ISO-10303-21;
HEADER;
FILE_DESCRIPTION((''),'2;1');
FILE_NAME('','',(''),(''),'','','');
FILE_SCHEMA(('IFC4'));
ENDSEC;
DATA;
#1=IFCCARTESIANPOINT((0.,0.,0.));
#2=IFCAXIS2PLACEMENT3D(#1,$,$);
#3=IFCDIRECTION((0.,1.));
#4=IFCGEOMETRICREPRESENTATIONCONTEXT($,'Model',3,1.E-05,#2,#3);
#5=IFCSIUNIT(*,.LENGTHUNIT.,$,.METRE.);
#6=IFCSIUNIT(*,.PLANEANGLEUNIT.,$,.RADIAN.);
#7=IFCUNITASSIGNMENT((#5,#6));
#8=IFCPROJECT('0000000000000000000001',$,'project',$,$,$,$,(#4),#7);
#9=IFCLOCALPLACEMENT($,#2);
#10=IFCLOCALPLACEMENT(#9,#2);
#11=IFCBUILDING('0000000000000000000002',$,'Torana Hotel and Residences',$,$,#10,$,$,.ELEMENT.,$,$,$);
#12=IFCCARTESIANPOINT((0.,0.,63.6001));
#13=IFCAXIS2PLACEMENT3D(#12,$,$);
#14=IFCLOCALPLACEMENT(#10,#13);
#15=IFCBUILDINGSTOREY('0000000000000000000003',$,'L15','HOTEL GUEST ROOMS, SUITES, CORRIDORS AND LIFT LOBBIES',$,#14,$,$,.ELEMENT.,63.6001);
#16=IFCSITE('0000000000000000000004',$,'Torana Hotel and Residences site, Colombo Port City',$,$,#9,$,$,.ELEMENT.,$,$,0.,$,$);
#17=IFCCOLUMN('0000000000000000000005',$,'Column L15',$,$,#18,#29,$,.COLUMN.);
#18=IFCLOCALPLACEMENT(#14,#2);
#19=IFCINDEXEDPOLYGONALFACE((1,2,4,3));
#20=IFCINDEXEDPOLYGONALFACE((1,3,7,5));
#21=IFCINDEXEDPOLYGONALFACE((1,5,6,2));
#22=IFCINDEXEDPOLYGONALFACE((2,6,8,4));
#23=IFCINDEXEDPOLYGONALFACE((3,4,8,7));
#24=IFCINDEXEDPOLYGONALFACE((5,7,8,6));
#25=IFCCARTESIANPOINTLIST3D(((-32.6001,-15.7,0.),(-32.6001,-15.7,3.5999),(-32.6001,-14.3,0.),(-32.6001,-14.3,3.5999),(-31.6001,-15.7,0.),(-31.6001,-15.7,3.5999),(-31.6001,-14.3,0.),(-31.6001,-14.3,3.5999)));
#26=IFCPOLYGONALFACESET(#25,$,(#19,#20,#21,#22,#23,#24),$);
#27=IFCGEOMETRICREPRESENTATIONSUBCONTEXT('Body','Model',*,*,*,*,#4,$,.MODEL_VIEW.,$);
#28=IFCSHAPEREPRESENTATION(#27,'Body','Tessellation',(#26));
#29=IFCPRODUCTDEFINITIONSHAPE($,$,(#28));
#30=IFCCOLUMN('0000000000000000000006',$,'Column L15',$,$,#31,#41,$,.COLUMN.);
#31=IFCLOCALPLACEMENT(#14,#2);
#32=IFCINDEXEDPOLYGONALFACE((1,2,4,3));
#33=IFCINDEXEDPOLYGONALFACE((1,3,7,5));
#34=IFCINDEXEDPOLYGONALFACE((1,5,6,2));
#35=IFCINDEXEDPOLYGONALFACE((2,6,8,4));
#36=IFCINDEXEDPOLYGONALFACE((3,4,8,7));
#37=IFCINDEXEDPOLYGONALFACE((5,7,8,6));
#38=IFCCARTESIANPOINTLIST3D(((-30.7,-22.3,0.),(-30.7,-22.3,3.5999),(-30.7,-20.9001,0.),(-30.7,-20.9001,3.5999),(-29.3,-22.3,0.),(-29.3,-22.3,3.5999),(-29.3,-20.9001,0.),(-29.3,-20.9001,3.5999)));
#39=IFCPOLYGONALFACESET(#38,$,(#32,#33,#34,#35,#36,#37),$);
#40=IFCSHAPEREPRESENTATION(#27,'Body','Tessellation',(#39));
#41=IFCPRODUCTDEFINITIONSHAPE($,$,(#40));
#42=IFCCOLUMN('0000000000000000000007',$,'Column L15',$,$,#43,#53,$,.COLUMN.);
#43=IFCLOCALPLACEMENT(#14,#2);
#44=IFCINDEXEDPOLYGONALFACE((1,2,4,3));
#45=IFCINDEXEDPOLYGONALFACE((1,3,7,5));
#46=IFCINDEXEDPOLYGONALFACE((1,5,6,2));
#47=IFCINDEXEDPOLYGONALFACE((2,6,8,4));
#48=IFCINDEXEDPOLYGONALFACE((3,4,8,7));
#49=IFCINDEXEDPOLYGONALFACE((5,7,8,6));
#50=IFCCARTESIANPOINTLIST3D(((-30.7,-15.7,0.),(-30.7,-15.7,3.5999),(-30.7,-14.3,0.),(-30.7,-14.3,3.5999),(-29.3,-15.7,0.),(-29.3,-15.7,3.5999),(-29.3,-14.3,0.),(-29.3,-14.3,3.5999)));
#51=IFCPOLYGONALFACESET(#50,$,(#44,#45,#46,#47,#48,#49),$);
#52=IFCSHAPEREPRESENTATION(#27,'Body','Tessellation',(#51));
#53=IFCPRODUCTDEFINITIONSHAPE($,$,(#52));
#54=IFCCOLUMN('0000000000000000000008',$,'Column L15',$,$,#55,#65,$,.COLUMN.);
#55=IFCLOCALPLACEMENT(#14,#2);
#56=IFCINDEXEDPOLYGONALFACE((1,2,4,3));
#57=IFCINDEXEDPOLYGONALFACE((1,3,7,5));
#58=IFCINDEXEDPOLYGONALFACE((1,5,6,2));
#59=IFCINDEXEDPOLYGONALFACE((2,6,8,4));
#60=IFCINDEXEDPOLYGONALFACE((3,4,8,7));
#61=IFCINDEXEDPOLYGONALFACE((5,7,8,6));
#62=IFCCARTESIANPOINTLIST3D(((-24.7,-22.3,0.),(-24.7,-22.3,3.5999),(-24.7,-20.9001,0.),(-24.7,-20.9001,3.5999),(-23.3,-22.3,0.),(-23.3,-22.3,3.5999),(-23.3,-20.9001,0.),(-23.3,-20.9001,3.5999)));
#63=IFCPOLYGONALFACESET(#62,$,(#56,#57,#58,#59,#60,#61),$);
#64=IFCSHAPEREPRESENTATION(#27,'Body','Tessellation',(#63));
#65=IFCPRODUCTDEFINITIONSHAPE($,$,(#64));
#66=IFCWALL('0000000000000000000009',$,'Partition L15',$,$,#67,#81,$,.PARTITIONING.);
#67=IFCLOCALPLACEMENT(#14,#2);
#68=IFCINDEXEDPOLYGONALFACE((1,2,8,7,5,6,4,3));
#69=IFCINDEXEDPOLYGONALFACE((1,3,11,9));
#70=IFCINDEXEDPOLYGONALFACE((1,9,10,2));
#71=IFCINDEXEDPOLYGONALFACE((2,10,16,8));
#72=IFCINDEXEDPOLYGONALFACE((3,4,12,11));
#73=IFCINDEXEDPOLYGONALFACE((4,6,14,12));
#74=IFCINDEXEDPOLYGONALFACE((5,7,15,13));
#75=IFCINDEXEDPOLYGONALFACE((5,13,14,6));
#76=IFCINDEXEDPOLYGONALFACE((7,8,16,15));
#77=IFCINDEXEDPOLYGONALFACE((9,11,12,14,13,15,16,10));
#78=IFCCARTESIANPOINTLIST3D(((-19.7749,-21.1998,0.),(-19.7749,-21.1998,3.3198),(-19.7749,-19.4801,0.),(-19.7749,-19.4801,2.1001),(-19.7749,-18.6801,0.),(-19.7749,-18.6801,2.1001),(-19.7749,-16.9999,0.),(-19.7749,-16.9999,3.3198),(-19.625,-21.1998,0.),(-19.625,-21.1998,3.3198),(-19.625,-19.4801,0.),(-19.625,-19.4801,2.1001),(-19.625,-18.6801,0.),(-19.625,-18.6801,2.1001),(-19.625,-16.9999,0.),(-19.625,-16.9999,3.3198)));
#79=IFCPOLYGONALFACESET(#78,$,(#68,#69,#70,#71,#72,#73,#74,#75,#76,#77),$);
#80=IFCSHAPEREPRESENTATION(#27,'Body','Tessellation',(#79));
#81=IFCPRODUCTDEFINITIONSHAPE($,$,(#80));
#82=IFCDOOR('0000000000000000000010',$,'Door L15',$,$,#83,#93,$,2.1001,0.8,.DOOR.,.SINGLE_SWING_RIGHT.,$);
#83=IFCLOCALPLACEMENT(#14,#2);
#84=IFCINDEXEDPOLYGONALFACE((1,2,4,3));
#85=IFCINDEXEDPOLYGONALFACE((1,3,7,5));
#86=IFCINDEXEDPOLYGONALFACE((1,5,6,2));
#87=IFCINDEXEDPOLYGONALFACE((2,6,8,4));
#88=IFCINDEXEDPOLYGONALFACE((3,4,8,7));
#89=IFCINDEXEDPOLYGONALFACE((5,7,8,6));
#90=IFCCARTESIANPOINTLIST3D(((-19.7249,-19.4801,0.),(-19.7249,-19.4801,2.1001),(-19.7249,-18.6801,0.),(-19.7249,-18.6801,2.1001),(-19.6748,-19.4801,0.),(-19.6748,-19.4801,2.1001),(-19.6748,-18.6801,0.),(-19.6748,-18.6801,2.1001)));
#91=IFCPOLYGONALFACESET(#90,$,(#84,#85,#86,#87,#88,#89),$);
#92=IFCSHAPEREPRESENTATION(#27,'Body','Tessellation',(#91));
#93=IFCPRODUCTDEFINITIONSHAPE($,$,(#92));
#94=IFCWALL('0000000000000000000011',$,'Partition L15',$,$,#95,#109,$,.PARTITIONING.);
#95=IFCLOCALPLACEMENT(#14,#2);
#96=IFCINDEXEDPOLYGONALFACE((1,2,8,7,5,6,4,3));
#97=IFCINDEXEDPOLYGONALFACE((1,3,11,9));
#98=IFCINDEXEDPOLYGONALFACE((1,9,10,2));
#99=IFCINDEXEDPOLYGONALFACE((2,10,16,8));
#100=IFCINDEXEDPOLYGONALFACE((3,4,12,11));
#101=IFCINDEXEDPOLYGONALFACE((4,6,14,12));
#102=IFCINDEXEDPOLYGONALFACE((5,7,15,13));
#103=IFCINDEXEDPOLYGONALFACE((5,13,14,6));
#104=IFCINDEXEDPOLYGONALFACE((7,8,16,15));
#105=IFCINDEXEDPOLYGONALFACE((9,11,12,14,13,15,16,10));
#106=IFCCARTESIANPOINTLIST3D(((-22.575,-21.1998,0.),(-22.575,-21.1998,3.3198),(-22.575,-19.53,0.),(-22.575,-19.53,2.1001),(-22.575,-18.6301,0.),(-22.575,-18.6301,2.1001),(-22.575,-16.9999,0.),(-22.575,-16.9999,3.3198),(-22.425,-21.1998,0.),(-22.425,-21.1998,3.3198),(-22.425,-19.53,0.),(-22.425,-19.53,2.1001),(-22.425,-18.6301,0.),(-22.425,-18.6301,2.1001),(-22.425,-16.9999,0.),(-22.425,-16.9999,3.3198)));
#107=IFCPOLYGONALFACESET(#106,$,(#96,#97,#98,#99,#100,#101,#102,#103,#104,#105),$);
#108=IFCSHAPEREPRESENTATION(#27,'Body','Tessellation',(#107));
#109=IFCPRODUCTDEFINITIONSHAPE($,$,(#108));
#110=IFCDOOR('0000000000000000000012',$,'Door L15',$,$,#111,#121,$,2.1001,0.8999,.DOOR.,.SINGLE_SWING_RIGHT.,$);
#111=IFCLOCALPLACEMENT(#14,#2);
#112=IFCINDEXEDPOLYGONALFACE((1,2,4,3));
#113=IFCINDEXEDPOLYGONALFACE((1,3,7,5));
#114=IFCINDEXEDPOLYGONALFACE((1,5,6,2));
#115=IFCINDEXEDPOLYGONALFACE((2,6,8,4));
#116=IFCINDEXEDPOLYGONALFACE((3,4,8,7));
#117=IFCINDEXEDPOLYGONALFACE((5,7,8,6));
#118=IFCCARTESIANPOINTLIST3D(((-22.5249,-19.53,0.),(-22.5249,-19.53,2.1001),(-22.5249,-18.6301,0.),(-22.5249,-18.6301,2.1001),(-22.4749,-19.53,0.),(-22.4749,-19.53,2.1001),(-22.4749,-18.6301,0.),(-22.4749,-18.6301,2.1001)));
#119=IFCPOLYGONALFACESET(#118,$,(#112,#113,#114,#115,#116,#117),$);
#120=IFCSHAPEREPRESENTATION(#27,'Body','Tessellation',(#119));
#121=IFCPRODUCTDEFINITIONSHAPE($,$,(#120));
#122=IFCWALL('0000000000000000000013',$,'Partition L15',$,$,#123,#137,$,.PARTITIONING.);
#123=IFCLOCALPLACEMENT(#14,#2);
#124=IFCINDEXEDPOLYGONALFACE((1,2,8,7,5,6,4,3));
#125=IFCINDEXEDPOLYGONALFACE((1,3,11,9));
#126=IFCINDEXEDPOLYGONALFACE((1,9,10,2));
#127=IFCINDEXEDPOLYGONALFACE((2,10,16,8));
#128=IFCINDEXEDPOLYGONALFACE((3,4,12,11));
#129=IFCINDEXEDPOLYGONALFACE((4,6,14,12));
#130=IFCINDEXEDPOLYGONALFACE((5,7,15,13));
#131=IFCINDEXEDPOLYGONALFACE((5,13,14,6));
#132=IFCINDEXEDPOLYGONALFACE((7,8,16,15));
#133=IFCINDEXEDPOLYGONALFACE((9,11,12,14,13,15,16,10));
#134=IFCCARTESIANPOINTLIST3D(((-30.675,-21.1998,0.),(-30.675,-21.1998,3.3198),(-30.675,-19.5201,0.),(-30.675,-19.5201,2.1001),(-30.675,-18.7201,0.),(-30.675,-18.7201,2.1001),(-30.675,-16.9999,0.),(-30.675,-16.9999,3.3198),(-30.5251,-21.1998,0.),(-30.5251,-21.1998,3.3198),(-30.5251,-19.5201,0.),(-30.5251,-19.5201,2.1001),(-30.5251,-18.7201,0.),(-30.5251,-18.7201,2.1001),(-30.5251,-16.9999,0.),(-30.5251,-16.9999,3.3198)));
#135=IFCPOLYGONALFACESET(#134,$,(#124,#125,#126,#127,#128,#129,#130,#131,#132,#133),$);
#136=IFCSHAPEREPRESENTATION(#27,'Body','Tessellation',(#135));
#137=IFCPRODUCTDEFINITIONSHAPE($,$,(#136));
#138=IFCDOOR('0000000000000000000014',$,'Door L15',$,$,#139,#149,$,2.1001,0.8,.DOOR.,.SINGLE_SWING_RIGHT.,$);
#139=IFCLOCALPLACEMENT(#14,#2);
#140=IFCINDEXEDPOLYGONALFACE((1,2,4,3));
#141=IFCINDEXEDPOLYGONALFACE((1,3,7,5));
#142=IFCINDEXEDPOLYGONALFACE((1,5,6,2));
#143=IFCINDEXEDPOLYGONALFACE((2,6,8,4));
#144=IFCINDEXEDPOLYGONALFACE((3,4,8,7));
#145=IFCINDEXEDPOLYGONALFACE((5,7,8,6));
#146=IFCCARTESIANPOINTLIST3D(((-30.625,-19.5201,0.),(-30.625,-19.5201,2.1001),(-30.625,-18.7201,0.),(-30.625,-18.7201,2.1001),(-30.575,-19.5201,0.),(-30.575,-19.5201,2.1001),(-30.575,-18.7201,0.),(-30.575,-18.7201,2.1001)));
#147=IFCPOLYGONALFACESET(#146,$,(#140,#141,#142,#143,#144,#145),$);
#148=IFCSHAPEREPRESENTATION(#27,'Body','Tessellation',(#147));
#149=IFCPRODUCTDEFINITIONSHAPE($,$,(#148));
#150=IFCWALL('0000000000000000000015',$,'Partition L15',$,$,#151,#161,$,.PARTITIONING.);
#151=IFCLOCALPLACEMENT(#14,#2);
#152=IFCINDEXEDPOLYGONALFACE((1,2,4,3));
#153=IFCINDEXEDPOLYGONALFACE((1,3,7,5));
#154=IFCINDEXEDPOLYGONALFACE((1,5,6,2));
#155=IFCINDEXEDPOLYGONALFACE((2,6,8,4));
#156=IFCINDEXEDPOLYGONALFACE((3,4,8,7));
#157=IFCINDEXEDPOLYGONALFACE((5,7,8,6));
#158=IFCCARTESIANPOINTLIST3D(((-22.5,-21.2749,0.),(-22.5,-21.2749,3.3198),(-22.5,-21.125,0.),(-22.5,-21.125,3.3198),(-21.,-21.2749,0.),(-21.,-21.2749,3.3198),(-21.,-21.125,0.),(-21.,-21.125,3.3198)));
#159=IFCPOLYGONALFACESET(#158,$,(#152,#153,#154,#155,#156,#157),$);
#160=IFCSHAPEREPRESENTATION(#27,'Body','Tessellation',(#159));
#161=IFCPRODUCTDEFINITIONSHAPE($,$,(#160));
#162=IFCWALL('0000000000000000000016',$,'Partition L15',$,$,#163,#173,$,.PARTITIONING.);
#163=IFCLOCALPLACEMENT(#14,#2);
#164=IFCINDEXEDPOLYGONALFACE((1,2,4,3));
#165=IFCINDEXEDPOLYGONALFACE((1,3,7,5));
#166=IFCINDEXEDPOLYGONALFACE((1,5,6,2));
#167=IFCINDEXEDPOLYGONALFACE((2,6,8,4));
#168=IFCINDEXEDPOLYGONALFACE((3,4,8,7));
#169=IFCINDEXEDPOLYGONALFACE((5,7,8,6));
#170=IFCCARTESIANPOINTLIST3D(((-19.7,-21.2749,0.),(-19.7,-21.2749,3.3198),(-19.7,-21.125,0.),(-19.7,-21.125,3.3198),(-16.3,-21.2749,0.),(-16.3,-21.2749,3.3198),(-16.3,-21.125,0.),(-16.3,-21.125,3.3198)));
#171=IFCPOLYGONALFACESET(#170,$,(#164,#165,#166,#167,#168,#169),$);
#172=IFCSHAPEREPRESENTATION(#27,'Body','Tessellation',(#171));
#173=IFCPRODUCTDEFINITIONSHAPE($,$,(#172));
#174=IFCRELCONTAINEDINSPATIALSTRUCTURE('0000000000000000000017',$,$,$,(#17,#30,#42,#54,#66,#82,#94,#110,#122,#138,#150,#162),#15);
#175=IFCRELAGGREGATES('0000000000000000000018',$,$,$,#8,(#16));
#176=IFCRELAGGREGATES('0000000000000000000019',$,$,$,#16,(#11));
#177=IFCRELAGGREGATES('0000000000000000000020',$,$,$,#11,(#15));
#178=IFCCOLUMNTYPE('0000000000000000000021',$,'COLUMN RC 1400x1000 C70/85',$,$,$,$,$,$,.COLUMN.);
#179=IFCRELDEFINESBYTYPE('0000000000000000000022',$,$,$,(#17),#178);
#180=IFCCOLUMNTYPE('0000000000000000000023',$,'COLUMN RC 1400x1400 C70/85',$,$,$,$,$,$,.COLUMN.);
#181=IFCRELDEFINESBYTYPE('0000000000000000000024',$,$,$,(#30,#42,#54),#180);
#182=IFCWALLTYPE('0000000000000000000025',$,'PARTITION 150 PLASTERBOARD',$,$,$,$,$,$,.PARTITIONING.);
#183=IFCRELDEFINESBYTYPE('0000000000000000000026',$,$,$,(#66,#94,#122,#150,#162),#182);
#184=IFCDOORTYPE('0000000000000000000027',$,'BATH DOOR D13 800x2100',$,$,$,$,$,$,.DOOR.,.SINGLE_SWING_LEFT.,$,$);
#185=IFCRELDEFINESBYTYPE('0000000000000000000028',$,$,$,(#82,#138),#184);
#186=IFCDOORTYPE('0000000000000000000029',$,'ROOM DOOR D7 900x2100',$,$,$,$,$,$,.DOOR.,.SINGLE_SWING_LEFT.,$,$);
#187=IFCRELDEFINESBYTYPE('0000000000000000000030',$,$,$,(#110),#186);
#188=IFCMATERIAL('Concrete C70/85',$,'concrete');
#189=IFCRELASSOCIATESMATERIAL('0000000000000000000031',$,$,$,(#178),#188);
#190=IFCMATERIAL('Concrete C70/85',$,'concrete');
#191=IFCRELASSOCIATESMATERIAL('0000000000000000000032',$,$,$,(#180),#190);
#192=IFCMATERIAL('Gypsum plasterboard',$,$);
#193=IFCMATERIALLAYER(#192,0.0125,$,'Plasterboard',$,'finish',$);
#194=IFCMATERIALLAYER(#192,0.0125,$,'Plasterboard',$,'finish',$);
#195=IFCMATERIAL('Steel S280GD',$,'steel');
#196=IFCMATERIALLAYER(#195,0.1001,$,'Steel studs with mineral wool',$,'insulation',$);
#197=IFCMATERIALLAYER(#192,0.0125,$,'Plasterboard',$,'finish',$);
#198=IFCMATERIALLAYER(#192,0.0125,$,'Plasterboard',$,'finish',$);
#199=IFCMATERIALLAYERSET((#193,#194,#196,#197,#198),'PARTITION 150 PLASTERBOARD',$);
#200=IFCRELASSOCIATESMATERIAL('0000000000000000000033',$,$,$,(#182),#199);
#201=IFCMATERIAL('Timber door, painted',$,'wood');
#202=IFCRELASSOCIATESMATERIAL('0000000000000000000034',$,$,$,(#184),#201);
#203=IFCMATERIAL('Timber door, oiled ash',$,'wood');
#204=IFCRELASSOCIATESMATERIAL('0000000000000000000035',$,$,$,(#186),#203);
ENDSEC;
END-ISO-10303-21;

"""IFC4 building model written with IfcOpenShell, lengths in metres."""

from ifc_helpers import new_model, si_unit, direction, frame, frame_2d, origin, origin_2d, place, context, subcontext, project, spatial, rectangle, extrude, material, layer, layer_set, material_profile, profile_set, type_object, element, fill, save


model = new_model("IFC4")

# Units and contexts
model_context = context("Model", 3, precision=1e-05, world=origin(), true_north=direction((0.0, 1.0)))
body_context = subcontext(model_context, "Body", "Model", "MODEL_VIEW")
ifc_project = project(units=[si_unit("LENGTHUNIT", "METRE"), si_unit("PLANEANGLEUNIT", "RADIAN")], contexts=[model_context])

# Site, building, storey
site_placement = place(None, origin())
site = spatial("IfcSite", under=ifc_project, at=site_placement, Name="Torana Hotel and Residences site, Colombo Port City", CompositionType="ELEMENT", RefElevation=0.0)
building_placement = place(site_placement, origin())
building = spatial("IfcBuilding", under=site, at=building_placement, Name="Torana Hotel and Residences", CompositionType="ELEMENT")
storey_placement = place(building_placement, frame((0.0, 0.0, 63.6001)))
storey = spatial("IfcBuildingStorey", under=building, at=storey_placement, Name="L15", Description="HOTEL GUEST ROOMS, SUITES, CORRIDORS AND LIFT LOBBIES", CompositionType="ELEMENT", Elevation=63.6001)

# Columns
ifc_material_1 = material(Name="Concrete C70/85", Category="concrete")
ifc_material_profile_1 = material_profile(ifc_material_1, rectangle(XDim=1.3999, YDim=1.0, at=origin_2d()), Name="RC 1400x1000")
ifc_profile_set_1 = profile_set([ifc_material_profile_1], Name="Concrete C70/85")
column_type_1 = type_object("IfcColumnType", Name="COLUMN RC 1400x1000 C70/85", PredefinedType="COLUMN", material=ifc_profile_set_1)
column_placement = place(storey_placement, frame((-32.1001, -15.0, 0.0), z_axis=(0.0, 0.0, 1.0), x_axis=(0.0, 1.0, 0.0)))
element("IfcColumn", 1, at=column_placement, inside=storey, type_object=column_type_1, Name="Column L15", PredefinedType="COLUMN", context=body_context, shape_type="SweptSolid", body=[
    extrude(rectangle(XDim=1.3999, YDim=1.0, at=origin_2d()), origin(), (0.0, 0.0, 1.0), 3.5999),
])
ifc_material_2 = material(Name="Concrete C70/85", Category="concrete")
ifc_material_profile_2 = material_profile(ifc_material_2, rectangle(XDim=1.3999, YDim=1.3999, at=origin_2d()), Name="RC 1400x1400")
ifc_profile_set_2 = profile_set([ifc_material_profile_2], Name="Concrete C70/85")
column_type_2 = type_object("IfcColumnType", Name="COLUMN RC 1400x1400 C70/85", PredefinedType="COLUMN", material=ifc_profile_set_2)
for number, where, z_axis, x_axis, name in (
    (2, (-30.0, -21.6001, 0.0), (0.0, 0.0, 1.0), (1.0, 0.0, 0.0), "Column L15"),
    (3, (-30.0, -15.0, 0.0), (0.0, 0.0, 1.0), (1.0, 0.0, 0.0), "Column L15"),
    (4, (-24.0, -21.6001, 0.0), (0.0, 0.0, 1.0), (1.0, 0.0, 0.0), "Column L15"),
):
    element("IfcColumn", number, at=place(storey_placement, frame(where, z_axis=z_axis, x_axis=x_axis)), inside=storey, type_object=column_type_2, Name=name, PredefinedType="COLUMN", context=body_context, shape_type="SweptSolid", body=[
        extrude(rectangle(XDim=1.3999, YDim=1.3999, at=origin_2d()), origin(), (0.0, 0.0, 1.0), 3.5999),
    ])

# Walls, openings, doors
ifc_material_3 = material(Name="Gypsum plasterboard")
ifc_layer_1 = layer(ifc_material_3, 0.0125, Name="Plasterboard", Category="finish")
ifc_layer_2 = layer(ifc_material_3, 0.0125, Name="Plasterboard", Category="finish")
ifc_material_4 = material(Name="Steel S280GD", Category="steel")
ifc_layer_3 = layer(ifc_material_4, 0.1001, Name="Steel studs with mineral wool", Category="insulation")
ifc_layer_4 = layer(ifc_material_3, 0.0125, Name="Plasterboard", Category="finish")
ifc_layer_5 = layer(ifc_material_3, 0.0125, Name="Plasterboard", Category="finish")
ifc_layer_set = layer_set([ifc_layer_1, ifc_layer_2, ifc_layer_3, ifc_layer_4, ifc_layer_5], Name="PARTITION 150 PLASTERBOARD")
wall_type = type_object("IfcWallType", Name="PARTITION 150 PLASTERBOARD", PredefinedType="PARTITIONING", material=ifc_layer_set)
wall_1_placement = place(storey_placement, frame((-19.7, -21.2, 0.0), z_axis=(0.0, 0.0, 1.0), x_axis=(0.0, 1.0, 0.0)))
wall_1 = element("IfcWall", 5, at=wall_1_placement, inside=storey, type_object=wall_type, Name="Partition L15", PredefinedType="PARTITIONING", context=body_context, shape_type="SweptSolid", body=[
    extrude(rectangle(XDim=4.2, YDim=0.1499, at=frame_2d((2.1001, 0.0))), origin(), (0.0, 0.0, 1.0), 3.3198),
])
opening_1_placement = place(wall_1_placement, frame((1.72, 0.0, 0.0)))
opening_1 = element("IfcOpeningElement", 6, at=opening_1_placement, cuts=wall_1, PredefinedType="OPENING", context=body_context, shape_type="SweptSolid", body=[
    extrude(rectangle(XDim=0.8, YDim=2.1001, at=frame_2d((0.3999, 1.05))), frame((0.0, 0.085, 0.0), z_axis=(0.0, -1.0, 0.0), x_axis=(1.0, 0.0, 0.0)), (0.0, 0.0, 1.0), 0.1699),
])
ifc_material_5 = material(Name="Timber door, painted", Category="wood")
door_type_1 = type_object("IfcDoorType", Name="BATH DOOR D13 800x2100", OperationType="SINGLE_SWING_LEFT", PredefinedType="DOOR", material=ifc_material_5)
door_1_placement = place(opening_1_placement, origin())
door_1 = element("IfcDoor", 7, at=door_1_placement, inside=storey, type_object=door_type_1, Name="Door L15", OperationType="SINGLE_SWING_RIGHT", OverallHeight=2.1001, OverallWidth=0.8, PredefinedType="DOOR", context=body_context, shape_type="SweptSolid", body=[
    extrude(rectangle(XDim=0.8, YDim=2.1001, at=frame_2d((0.3999, 1.05))), frame((0.0, 0.0249, 0.0), z_axis=(0.0, -1.0, 0.0), x_axis=(1.0, 0.0, 0.0)), (0.0, 0.0, 1.0), 0.05),
])
fill(opening_1, door_1)
wall_2_placement = place(storey_placement, frame((-22.5, -21.2, 0.0), z_axis=(0.0, 0.0, 1.0), x_axis=(0.0, 1.0, 0.0)))
wall_2 = element("IfcWall", 8, at=wall_2_placement, inside=storey, type_object=wall_type, Name="Partition L15", PredefinedType="PARTITIONING", context=body_context, shape_type="SweptSolid", body=[
    extrude(rectangle(XDim=4.2, YDim=0.1499, at=frame_2d((2.1001, 0.0))), origin(), (0.0, 0.0, 1.0), 3.3198),
])
opening_2_placement = place(wall_2_placement, frame((1.6699, 0.0, 0.0)))
opening_2 = element("IfcOpeningElement", 9, at=opening_2_placement, cuts=wall_2, PredefinedType="OPENING", context=body_context, shape_type="SweptSolid", body=[
    extrude(rectangle(XDim=0.8999, YDim=2.1001, at=frame_2d((0.45, 1.05))), frame((0.0, 0.085, 0.0), z_axis=(0.0, -1.0, 0.0), x_axis=(1.0, 0.0, 0.0)), (0.0, 0.0, 1.0), 0.1699),
])
ifc_material_6 = material(Name="Timber door, oiled ash", Category="wood")
door_type_2 = type_object("IfcDoorType", Name="ROOM DOOR D7 900x2100", OperationType="SINGLE_SWING_LEFT", PredefinedType="DOOR", material=ifc_material_6)
door_2_placement = place(opening_2_placement, origin())
door_2 = element("IfcDoor", 10, at=door_2_placement, inside=storey, type_object=door_type_2, Name="Door L15", OperationType="SINGLE_SWING_RIGHT", OverallHeight=2.1001, OverallWidth=0.8999, PredefinedType="DOOR", context=body_context, shape_type="SweptSolid", body=[
    extrude(rectangle(XDim=0.8999, YDim=2.1001, at=frame_2d((0.45, 1.05))), frame((0.0, 0.0249, 0.0), z_axis=(0.0, -1.0, 0.0), x_axis=(1.0, 0.0, 0.0)), (0.0, 0.0, 1.0), 0.05),
])
fill(opening_2, door_2)
wall_3_placement = place(storey_placement, frame((-30.6001, -21.2, 0.0), z_axis=(0.0, 0.0, 1.0), x_axis=(0.0, 1.0, 0.0)))
wall_3 = element("IfcWall", 11, at=wall_3_placement, inside=storey, type_object=wall_type, Name="Partition L15", PredefinedType="PARTITIONING", context=body_context, shape_type="SweptSolid", body=[
    extrude(rectangle(XDim=4.2, YDim=0.1499, at=frame_2d((2.1001, 0.0))), origin(), (0.0, 0.0, 1.0), 3.3198),
])
opening_3_placement = place(wall_3_placement, frame((1.6799, 0.0, 0.0)))
opening_3 = element("IfcOpeningElement", 12, at=opening_3_placement, cuts=wall_3, PredefinedType="OPENING", context=body_context, shape_type="SweptSolid", body=[
    extrude(rectangle(XDim=0.8, YDim=2.1001, at=frame_2d((0.3999, 1.05))), frame((0.0, 0.085, 0.0), z_axis=(0.0, -1.0, 0.0), x_axis=(1.0, 0.0, 0.0)), (0.0, 0.0, 1.0), 0.1699),
])
door_3_placement = place(opening_3_placement, origin())
door_3 = element("IfcDoor", 13, at=door_3_placement, inside=storey, type_object=door_type_1, Name="Door L15", OperationType="SINGLE_SWING_RIGHT", OverallHeight=2.1001, OverallWidth=0.8, PredefinedType="DOOR", context=body_context, shape_type="SweptSolid", body=[
    extrude(rectangle(XDim=0.8, YDim=2.1001, at=frame_2d((0.3999, 1.05))), frame((0.0, 0.0249, 0.0), z_axis=(0.0, -1.0, 0.0), x_axis=(1.0, 0.0, 0.0)), (0.0, 0.0, 1.0), 0.05),
])
fill(opening_3, door_3)

# Walls
wall_4_placement = place(storey_placement, frame((-22.5, -21.2, 0.0), z_axis=(0.0, 0.0, 1.0), x_axis=(1.0, 0.0, 0.0)))
element("IfcWall", 14, at=wall_4_placement, inside=storey, type_object=wall_type, Name="Partition L15", PredefinedType="PARTITIONING", context=body_context, shape_type="SweptSolid", body=[
    extrude(rectangle(XDim=1.5, YDim=0.1499, at=frame_2d((0.75, 0.0))), origin(), (0.0, 0.0, 1.0), 3.3198),
])
wall_5_placement = place(storey_placement, frame((-19.7, -21.2, 0.0), z_axis=(0.0, 0.0, 1.0), x_axis=(1.0, 0.0, 0.0)))
element("IfcWall", 15, at=wall_5_placement, inside=storey, type_object=wall_type, Name="Partition L15", PredefinedType="PARTITIONING", context=body_context, shape_type="SweptSolid", body=[
    extrude(rectangle(XDim=3.3999, YDim=0.1499, at=frame_2d((1.7, 0.0))), origin(), (0.0, 0.0, 1.0), 3.3198),
])

save(model, "model.ifc")
